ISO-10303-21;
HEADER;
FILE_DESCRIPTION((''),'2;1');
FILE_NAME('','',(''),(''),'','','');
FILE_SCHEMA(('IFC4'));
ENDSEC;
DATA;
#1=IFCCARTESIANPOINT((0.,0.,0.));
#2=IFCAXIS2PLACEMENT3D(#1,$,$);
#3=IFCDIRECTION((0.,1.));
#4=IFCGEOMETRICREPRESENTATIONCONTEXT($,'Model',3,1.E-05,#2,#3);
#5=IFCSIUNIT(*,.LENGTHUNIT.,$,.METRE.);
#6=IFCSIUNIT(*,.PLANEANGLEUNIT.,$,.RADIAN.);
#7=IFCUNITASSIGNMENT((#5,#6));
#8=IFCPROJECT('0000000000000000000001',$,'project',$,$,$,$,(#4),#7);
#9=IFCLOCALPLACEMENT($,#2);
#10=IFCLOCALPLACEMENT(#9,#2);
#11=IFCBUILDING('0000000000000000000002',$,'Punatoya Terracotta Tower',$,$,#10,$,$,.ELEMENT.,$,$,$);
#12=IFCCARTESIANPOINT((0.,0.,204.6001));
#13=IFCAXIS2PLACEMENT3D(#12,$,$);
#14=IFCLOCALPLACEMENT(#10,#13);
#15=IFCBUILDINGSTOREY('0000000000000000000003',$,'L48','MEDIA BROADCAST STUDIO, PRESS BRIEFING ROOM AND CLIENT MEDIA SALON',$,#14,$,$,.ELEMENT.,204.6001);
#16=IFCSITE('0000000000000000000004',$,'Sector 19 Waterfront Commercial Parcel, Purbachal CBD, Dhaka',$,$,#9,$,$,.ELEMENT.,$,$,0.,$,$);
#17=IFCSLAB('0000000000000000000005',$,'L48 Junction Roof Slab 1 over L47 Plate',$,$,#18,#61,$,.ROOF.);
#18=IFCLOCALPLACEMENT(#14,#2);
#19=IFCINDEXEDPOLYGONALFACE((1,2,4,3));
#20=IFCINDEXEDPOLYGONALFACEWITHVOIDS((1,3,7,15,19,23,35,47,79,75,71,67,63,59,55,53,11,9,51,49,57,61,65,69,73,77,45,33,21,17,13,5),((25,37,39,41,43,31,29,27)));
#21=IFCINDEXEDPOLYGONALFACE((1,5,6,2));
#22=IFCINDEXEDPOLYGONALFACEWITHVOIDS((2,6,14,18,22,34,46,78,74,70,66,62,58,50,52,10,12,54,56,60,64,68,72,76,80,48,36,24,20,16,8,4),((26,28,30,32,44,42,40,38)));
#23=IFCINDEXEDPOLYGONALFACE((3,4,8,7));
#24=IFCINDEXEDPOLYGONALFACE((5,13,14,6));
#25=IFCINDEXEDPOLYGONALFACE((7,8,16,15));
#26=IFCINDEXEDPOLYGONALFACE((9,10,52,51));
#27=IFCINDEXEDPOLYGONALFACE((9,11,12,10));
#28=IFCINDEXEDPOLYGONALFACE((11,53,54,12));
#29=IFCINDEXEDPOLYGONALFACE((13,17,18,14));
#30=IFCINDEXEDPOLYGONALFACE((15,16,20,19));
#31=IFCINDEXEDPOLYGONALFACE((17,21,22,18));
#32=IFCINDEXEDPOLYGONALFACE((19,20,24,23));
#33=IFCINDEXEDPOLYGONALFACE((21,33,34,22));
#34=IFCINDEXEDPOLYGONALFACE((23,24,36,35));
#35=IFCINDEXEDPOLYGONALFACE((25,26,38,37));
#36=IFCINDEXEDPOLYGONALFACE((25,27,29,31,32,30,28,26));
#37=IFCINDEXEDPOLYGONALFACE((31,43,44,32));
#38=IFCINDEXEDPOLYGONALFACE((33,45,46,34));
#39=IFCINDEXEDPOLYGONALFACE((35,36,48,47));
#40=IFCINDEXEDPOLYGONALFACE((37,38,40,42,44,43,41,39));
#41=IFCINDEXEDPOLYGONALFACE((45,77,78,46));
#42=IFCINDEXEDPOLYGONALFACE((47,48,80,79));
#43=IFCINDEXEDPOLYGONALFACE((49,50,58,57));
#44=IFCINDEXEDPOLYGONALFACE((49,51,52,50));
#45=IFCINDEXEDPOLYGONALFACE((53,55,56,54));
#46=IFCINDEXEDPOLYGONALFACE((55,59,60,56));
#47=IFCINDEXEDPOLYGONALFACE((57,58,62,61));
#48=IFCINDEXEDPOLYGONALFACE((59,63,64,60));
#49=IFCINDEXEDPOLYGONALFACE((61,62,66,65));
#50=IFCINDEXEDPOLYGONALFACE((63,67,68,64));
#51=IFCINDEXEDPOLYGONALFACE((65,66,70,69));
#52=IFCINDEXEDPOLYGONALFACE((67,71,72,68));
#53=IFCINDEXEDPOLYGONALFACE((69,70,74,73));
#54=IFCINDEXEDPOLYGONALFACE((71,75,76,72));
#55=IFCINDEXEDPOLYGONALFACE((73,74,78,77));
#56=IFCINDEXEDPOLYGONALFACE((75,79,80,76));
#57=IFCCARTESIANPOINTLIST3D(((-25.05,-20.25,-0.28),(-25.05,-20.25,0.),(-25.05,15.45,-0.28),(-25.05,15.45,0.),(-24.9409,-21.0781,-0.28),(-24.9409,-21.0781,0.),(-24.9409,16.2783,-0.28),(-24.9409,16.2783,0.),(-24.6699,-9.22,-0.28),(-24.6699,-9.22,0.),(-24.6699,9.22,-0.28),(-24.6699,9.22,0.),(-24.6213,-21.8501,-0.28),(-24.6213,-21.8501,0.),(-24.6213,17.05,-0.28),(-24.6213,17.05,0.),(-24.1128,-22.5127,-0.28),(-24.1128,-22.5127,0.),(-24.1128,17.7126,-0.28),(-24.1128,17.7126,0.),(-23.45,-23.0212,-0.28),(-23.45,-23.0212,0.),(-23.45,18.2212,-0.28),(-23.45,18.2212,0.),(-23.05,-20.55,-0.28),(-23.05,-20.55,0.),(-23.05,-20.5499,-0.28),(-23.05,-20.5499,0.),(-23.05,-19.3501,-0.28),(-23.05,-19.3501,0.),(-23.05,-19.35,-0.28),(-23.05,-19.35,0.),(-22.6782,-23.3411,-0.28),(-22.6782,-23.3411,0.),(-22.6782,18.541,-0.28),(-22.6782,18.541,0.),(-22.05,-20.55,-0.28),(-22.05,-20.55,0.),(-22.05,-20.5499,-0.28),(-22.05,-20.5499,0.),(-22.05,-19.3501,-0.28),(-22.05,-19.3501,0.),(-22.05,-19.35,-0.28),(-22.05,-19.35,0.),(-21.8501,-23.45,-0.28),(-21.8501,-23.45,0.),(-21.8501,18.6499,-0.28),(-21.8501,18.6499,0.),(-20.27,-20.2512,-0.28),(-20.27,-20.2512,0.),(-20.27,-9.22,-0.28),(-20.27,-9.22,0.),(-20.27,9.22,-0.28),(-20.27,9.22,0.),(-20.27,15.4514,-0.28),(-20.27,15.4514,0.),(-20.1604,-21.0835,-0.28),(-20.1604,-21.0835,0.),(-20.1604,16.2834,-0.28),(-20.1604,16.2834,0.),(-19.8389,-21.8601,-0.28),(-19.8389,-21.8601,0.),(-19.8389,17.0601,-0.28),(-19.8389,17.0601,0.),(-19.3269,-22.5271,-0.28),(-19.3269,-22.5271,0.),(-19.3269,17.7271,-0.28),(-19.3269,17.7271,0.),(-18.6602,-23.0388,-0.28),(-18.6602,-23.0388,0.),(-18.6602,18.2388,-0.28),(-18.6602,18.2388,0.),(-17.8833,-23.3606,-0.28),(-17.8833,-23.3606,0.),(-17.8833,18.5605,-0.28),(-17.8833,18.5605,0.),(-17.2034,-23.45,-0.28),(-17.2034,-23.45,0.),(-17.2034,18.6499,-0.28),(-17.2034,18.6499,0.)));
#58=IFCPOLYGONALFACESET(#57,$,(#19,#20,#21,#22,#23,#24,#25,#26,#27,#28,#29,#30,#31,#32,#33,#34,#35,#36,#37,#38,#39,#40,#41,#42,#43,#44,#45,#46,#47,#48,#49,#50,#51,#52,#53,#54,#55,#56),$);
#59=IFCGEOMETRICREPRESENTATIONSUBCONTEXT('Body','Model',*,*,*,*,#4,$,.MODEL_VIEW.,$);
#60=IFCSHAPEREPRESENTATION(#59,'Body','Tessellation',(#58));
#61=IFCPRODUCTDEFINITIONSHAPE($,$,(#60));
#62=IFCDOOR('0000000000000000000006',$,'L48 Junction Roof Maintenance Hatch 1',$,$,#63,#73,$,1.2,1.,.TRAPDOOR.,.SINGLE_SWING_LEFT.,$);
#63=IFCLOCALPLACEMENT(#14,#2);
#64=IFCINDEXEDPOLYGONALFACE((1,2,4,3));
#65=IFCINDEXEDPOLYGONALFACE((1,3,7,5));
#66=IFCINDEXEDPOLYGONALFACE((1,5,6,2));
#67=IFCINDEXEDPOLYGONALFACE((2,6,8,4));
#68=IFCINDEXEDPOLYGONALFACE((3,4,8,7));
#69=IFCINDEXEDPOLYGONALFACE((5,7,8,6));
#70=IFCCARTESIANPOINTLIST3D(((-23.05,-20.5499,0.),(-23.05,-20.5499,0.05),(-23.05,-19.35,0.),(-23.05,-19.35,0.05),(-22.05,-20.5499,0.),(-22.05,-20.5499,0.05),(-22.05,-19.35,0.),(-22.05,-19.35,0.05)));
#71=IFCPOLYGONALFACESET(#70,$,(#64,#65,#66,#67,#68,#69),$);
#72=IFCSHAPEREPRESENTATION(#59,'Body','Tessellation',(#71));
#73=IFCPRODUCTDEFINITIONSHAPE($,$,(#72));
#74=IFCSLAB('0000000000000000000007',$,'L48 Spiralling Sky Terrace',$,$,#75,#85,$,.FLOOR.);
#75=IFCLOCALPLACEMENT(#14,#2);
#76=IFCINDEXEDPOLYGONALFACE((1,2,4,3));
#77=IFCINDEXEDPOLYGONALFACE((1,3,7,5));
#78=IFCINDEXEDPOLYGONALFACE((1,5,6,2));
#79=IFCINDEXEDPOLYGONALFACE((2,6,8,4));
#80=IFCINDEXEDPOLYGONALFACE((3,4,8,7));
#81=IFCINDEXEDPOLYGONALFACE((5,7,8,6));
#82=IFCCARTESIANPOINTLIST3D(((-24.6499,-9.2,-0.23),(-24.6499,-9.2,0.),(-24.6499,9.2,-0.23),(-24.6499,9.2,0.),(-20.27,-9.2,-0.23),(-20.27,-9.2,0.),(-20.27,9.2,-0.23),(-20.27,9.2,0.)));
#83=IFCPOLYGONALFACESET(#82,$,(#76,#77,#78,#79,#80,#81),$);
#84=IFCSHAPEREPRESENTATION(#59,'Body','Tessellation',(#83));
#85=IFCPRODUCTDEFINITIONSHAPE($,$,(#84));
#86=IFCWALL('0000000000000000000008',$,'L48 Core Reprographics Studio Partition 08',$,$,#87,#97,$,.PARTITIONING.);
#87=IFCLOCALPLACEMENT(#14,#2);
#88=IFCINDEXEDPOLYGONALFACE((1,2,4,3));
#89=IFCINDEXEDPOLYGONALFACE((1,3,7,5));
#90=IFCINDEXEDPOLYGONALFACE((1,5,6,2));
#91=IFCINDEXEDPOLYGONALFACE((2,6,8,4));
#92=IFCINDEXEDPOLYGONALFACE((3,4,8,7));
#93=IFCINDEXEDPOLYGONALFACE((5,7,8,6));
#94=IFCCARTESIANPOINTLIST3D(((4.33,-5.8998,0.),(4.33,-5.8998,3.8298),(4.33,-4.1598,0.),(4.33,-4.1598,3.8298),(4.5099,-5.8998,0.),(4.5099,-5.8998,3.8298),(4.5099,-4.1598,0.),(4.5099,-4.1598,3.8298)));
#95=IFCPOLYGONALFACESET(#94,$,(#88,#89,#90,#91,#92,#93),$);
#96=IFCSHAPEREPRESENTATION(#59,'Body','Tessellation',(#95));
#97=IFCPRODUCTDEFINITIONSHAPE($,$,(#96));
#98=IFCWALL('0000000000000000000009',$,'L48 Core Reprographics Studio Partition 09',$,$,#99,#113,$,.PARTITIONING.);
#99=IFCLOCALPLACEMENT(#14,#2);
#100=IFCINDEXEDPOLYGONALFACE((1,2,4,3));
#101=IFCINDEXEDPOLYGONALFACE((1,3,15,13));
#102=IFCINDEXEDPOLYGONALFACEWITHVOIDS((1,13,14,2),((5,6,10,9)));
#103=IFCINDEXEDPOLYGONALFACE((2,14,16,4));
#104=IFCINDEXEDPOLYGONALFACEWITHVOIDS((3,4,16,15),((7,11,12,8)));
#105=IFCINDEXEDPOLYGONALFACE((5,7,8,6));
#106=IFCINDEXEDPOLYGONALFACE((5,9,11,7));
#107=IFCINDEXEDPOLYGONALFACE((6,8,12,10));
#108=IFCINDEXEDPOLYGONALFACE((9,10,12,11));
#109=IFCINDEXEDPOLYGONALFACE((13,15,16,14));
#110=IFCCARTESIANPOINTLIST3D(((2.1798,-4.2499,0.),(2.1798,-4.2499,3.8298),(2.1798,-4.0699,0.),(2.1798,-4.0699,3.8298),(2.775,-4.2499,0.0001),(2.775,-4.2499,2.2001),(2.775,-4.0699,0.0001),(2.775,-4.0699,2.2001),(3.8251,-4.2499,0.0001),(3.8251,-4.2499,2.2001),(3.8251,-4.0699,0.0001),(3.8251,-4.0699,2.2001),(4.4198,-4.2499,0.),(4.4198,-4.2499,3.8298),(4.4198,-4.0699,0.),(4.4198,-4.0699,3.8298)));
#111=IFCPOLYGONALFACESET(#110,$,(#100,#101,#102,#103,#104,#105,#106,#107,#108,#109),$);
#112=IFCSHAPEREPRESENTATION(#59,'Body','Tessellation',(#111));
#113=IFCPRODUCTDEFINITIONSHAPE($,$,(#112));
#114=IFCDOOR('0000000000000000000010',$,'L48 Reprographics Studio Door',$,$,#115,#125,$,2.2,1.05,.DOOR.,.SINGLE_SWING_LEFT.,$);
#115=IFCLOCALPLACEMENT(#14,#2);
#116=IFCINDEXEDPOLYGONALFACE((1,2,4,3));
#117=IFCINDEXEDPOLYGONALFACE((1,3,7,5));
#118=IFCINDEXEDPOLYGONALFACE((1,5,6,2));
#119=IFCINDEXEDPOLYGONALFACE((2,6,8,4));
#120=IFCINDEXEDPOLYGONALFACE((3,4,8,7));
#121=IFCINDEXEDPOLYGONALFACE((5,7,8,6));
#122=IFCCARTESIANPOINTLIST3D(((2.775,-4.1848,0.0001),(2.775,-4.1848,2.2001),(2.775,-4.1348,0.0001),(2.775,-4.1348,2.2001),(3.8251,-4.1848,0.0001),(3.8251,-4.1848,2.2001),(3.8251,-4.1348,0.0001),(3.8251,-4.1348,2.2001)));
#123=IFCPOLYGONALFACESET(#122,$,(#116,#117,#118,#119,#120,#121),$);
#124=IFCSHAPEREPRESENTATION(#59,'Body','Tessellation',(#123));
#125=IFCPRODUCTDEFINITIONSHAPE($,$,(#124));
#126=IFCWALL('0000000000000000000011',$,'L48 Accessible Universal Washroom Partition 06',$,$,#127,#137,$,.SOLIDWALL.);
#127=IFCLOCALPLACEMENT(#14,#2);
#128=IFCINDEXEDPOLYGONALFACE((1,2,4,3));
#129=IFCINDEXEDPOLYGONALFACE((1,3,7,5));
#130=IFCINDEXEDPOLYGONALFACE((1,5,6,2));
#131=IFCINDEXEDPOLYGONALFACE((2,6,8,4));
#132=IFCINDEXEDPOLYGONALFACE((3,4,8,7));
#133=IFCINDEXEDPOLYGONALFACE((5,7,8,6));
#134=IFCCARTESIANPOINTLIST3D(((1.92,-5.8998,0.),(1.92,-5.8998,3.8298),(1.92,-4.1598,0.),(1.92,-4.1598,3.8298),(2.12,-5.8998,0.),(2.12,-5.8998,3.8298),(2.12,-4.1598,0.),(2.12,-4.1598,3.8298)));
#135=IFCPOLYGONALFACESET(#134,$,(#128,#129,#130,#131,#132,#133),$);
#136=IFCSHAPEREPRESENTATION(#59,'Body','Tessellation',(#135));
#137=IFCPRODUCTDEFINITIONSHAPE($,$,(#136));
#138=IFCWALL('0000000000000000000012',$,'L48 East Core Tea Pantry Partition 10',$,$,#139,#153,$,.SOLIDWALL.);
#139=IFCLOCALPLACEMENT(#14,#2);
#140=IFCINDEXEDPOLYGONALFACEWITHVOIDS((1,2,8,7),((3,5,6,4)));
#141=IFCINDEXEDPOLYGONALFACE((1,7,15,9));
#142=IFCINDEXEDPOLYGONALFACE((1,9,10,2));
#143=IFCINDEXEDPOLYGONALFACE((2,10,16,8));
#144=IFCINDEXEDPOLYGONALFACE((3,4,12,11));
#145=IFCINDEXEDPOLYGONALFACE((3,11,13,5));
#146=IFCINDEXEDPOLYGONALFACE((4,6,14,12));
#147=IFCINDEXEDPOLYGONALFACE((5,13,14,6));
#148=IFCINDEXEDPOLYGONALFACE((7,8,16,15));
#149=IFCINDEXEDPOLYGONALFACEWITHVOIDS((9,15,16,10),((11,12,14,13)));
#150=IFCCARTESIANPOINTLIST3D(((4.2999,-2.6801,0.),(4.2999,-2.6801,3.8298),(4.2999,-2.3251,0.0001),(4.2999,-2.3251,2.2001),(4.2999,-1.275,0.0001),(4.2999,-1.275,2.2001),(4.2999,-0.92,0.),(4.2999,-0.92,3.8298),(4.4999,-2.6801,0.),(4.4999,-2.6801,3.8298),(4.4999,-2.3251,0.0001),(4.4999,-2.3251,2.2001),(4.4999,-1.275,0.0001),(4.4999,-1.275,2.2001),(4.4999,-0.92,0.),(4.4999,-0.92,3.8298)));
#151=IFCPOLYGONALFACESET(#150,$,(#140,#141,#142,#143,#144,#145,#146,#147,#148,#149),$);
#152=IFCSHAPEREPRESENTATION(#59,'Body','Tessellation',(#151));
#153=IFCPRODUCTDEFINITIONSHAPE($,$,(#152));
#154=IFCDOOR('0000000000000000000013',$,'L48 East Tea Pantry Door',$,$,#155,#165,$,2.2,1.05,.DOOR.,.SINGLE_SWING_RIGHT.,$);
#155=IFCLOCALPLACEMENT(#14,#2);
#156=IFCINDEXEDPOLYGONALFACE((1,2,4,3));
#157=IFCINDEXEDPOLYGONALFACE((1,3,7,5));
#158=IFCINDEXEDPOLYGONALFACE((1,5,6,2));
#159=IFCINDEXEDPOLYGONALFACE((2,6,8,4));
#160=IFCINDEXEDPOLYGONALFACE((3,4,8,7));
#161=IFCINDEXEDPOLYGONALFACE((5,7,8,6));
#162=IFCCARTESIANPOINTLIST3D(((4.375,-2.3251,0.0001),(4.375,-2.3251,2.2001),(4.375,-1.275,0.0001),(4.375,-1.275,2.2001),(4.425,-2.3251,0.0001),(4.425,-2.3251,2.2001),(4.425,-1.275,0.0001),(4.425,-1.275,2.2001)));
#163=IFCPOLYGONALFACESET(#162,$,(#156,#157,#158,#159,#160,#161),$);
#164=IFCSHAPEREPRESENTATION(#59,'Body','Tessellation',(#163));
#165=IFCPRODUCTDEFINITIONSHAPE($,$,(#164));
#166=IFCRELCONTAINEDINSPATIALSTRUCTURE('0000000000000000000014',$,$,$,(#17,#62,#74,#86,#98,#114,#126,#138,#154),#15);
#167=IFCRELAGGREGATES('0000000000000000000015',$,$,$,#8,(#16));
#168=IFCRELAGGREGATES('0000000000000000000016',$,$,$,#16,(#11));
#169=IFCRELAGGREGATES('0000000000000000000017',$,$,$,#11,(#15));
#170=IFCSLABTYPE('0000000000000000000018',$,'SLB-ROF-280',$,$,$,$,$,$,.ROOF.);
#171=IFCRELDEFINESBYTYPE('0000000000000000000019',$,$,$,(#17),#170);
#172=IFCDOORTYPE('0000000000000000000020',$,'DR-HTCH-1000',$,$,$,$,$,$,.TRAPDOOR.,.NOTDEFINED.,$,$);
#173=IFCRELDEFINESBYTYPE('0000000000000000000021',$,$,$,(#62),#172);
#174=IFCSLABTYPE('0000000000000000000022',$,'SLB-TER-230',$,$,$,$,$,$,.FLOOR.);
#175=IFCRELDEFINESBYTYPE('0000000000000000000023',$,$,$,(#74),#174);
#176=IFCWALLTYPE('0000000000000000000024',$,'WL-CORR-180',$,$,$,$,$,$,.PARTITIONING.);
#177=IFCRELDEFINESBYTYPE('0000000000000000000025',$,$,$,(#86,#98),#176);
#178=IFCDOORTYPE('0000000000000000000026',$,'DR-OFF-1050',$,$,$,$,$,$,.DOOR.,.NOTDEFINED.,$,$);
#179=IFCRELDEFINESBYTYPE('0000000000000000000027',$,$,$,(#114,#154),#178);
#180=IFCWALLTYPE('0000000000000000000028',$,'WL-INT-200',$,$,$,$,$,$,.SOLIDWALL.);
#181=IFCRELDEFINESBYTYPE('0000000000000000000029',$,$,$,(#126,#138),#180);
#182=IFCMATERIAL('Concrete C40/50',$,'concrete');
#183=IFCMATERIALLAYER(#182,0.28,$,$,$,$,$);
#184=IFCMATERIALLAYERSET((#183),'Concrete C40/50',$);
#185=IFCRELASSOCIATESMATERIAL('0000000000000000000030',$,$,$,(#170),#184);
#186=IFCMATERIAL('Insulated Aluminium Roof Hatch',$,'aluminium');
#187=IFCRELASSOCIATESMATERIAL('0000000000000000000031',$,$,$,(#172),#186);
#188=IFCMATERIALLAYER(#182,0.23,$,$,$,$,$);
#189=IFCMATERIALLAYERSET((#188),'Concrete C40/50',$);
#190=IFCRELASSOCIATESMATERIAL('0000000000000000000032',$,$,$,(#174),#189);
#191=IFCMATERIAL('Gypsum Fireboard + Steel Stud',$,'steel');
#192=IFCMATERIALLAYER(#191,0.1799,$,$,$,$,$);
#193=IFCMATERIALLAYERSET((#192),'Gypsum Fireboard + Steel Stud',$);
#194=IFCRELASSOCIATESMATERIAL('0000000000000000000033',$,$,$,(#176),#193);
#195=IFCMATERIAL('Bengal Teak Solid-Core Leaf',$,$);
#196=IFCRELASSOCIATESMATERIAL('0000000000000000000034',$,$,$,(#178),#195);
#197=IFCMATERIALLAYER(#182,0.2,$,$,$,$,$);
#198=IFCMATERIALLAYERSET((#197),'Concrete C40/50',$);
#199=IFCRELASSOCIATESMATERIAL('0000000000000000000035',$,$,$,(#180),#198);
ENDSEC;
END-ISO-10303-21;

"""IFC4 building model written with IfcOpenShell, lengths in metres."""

from ifc_helpers import new_model, si_unit, direction, frame, frame_2d, origin, origin_2d, place, context, subcontext, project, spatial, polyline, rectangle, outline, extrude, material, layer, layer_set, type_object, element, fill, save


model = new_model("IFC4")

# Units and contexts
model_context = context("Model", 3, precision=1e-05, world=origin(), true_north=direction((0.0, 1.0)))
body_context = subcontext(model_context, "Body", "Model", "MODEL_VIEW")
ifc_project = project(units=[si_unit("LENGTHUNIT", "METRE"), si_unit("PLANEANGLEUNIT", "RADIAN")], contexts=[model_context])

# Site, building, storey
site_placement = place(None, origin())
site = spatial("IfcSite", under=ifc_project, at=site_placement, Name="Sector 19 Waterfront Commercial Parcel, Purbachal CBD, Dhaka", CompositionType="ELEMENT", RefElevation=0.0)
building_placement = place(site_placement, origin())
building = spatial("IfcBuilding", under=site, at=building_placement, Name="Punatoya Terracotta Tower", CompositionType="ELEMENT")
storey_placement = place(building_placement, frame((0.0, 0.0, 204.6001)))
storey = spatial("IfcBuildingStorey", under=building, at=storey_placement, Name="L48", Description="MEDIA BROADCAST STUDIO, PRESS BRIEFING ROOM AND CLIENT MEDIA SALON", CompositionType="ELEMENT", Elevation=204.6001)

# Shared definitions
ifc_material_1 = material(Name="Concrete C40/50", Category="concrete")

# Slab, opening, door
ifc_layer_1 = layer(ifc_material_1, 0.28)
ifc_layer_set_1 = layer_set([ifc_layer_1], Name="Concrete C40/50")
slab_type_1 = type_object("IfcSlabType", Name="SLB-ROF-280", PredefinedType="ROOF", material=ifc_layer_set_1)
slab_1_placement = place(storey_placement, frame((0.0, 0.0, -0.28)))
slab_1 = element("IfcSlab", 1, at=slab_1_placement, inside=storey, type_object=slab_type_1, Name="L48 Junction Roof Slab 1 over L47 Plate", PredefinedType="ROOF", context=body_context, shape_type="SweptSolid", body=[
    extrude(outline(polyline([(-23.45, -23.0212), (-22.6782, -23.3411), (-21.8501, -23.45), (-17.2034, -23.45), (-17.8833, -23.3606), (-18.6602, -23.0388), (-19.3269, -22.5271), (-19.8389, -21.8601), (-20.1604, -21.0835), (-20.27, -20.2512), (-20.27, -9.22), (-24.6699, -9.22), (-24.6699, 9.22), (-20.27, 9.22), (-20.27, 15.4514), (-20.1604, 16.2834), (-19.8389, 17.0601), (-19.3269, 17.7271), (-18.6602, 18.2388), (-17.8833, 18.5605), (-17.2034, 18.6499), (-21.8501, 18.6499), (-22.6782, 18.541), (-23.45, 18.2212), (-24.1128, 17.7126), (-24.6213, 17.05), (-24.9409, 16.2783), (-25.05, 15.45), (-25.05, -20.25), (-24.9409, -21.0781), (-24.6213, -21.8501), (-24.1128, -22.5127), (-23.45, -23.0212)]), holes=[polyline([(-22.05, -19.3501), (-22.05, -20.55), (-23.05, -20.55), (-23.05, -19.3501), (-22.05, -19.3501)])]), origin(), (0.0, 0.0, 1.0), 0.28),
])
opening_1_placement = place(slab_1_placement, frame((-22.55, -19.95, 0.0)))
opening_1 = element("IfcOpeningElement", 2, at=opening_1_placement, cuts=slab_1, PredefinedType="OPENING", context=body_context, shape_type="SweptSolid", body=[
    extrude(rectangle(XDim=1.0, YDim=1.2, at=origin_2d()), frame((0.0, 0.0, -0.01)), (0.0, 0.0, 1.0), 0.3501),
])
ifc_material_2 = material(Name="Insulated Aluminium Roof Hatch", Category="aluminium")
door_type_1 = type_object("IfcDoorType", Name="DR-HTCH-1000", OperationType="NOTDEFINED", PredefinedType="TRAPDOOR", material=ifc_material_2)
door_1_placement = place(opening_1_placement, frame((0.0, 0.0, 0.28)))
door_1 = element("IfcDoor", 3, at=door_1_placement, inside=storey, type_object=door_type_1, Name="L48 Junction Roof Maintenance Hatch 1", OperationType="SINGLE_SWING_LEFT", OverallHeight=1.2, OverallWidth=1.0, PredefinedType="TRAPDOOR", context=body_context, shape_type="SweptSolid", body=[
    extrude(rectangle(XDim=1.0, YDim=1.2, at=origin_2d()), origin(), (0.0, 0.0, 1.0), 0.05),
])
fill(opening_1, door_1)

# Slab
ifc_layer_2 = layer(ifc_material_1, 0.23)
ifc_layer_set_2 = layer_set([ifc_layer_2], Name="Concrete C40/50")
slab_type_2 = type_object("IfcSlabType", Name="SLB-TER-230", PredefinedType="FLOOR", material=ifc_layer_set_2)
slab_2_placement = place(storey_placement, frame((0.0, 0.0, -0.23)))
element("IfcSlab", 4, at=slab_2_placement, inside=storey, type_object=slab_type_2, Name="L48 Spiralling Sky Terrace", PredefinedType="FLOOR", context=body_context, shape_type="SweptSolid", body=[
    extrude(outline(polyline([(-24.6499, -9.2), (-24.6499, 9.2), (-20.27, 9.2), (-20.27, -9.2), (-24.6499, -9.2)])), origin(), (0.0, 0.0, 1.0), 0.23),
])

# Wall
ifc_material_3 = material(Name="Gypsum Fireboard + Steel Stud", Category="steel")
ifc_layer_3 = layer(ifc_material_3, 0.1799)
ifc_layer_set_3 = layer_set([ifc_layer_3], Name="Gypsum Fireboard + Steel Stud")
wall_type_1 = type_object("IfcWallType", Name="WL-CORR-180", PredefinedType="PARTITIONING", material=ifc_layer_set_3)
wall_1_placement = place(storey_placement, frame((4.4199, -5.8999, 0.0), z_axis=(0.0, 0.0, 1.0), x_axis=(0.0, 1.0, 0.0)))
element("IfcWall", 5, at=wall_1_placement, inside=storey, type_object=wall_type_1, Name="L48 Core Reprographics Studio Partition 08", PredefinedType="PARTITIONING", context=body_context, shape_type="SweptSolid", body=[
    extrude(rectangle(XDim=1.74, YDim=0.1799, at=frame_2d((0.8701, 0.0))), origin(), (0.0, 0.0, 1.0), 3.8298),
])

# Wall, opening, door
wall_2_placement = place(storey_placement, frame((4.4199, -4.1599, 0.0), z_axis=(0.0, 0.0, 1.0), x_axis=(-1.0, 0.0, 0.0)))
wall_2 = element("IfcWall", 6, at=wall_2_placement, inside=storey, type_object=wall_type_1, Name="L48 Core Reprographics Studio Partition 09", PredefinedType="PARTITIONING", context=body_context, shape_type="SweptSolid", body=[
    extrude(rectangle(XDim=2.24, YDim=0.1799, at=frame_2d((1.1201, 0.0))), origin(), (0.0, 0.0, 1.0), 3.8298),
])
opening_2_placement = place(wall_2_placement, frame((0.595, 0.0, 0.0)))
opening_2 = element("IfcOpeningElement", 7, at=opening_2_placement, cuts=wall_2, PredefinedType="OPENING", context=body_context, shape_type="SweptSolid", body=[
    extrude(rectangle(XDim=1.05, YDim=2.2, at=frame_2d((0.5249, 1.1001))), frame((0.0, 0.0999, 0.0), z_axis=(0.0, -1.0, 0.0), x_axis=(1.0, 0.0, 0.0)), (0.0, 0.0, 1.0), 0.2),
])
ifc_material_4 = material(Name="Bengal Teak Solid-Core Leaf")
door_type_2 = type_object("IfcDoorType", Name="DR-OFF-1050", OperationType="NOTDEFINED", PredefinedType="DOOR", material=ifc_material_4)
door_2_placement = place(opening_2_placement, origin())
door_2 = element("IfcDoor", 8, at=door_2_placement, inside=storey, type_object=door_type_2, Name="L48 Reprographics Studio Door", OperationType="SINGLE_SWING_LEFT", OverallHeight=2.2, OverallWidth=1.05, PredefinedType="DOOR", context=body_context, shape_type="SweptSolid", body=[
    extrude(rectangle(XDim=1.05, YDim=2.2, at=frame_2d((0.5249, 1.1001))), frame((0.0, 0.0249, 0.0), z_axis=(0.0, -1.0, 0.0), x_axis=(1.0, 0.0, 0.0)), (0.0, 0.0, 1.0), 0.05),
])
fill(opening_2, door_2)

# Wall
ifc_layer_4 = layer(ifc_material_1, 0.2)
ifc_layer_set_4 = layer_set([ifc_layer_4], Name="Concrete C40/50")
wall_type_2 = type_object("IfcWallType", Name="WL-INT-200", PredefinedType="SOLIDWALL", material=ifc_layer_set_4)
wall_3_placement = place(storey_placement, frame((2.02, -5.8999, 0.0), z_axis=(0.0, 0.0, 1.0), x_axis=(0.0, 1.0, 0.0)))
element("IfcWall", 9, at=wall_3_placement, inside=storey, type_object=wall_type_2, Name="L48 Accessible Universal Washroom Partition 06", PredefinedType="SOLIDWALL", context=body_context, shape_type="SweptSolid", body=[
    extrude(rectangle(XDim=1.74, YDim=0.2, at=frame_2d((0.8701, 0.0))), origin(), (0.0, 0.0, 1.0), 3.8298),
])

# Wall, opening, door
wall_4_placement = place(storey_placement, frame((4.3999, -2.6799, 0.0), z_axis=(0.0, 0.0, 1.0), x_axis=(0.0, 1.0, 0.0)))
wall_4 = element("IfcWall", 10, at=wall_4_placement, inside=storey, type_object=wall_type_2, Name="L48 East Core Tea Pantry Partition 10", PredefinedType="SOLIDWALL", context=body_context, shape_type="SweptSolid", body=[
    extrude(rectangle(XDim=1.76, YDim=0.2, at=frame_2d((0.8799, 0.0))), origin(), (0.0, 0.0, 1.0), 3.8298),
])
opening_3_placement = place(wall_4_placement, frame((0.355, 0.0, 0.0)))
opening_3 = element("IfcOpeningElement", 11, at=opening_3_placement, cuts=wall_4, PredefinedType="OPENING", context=body_context, shape_type="SweptSolid", body=[
    extrude(rectangle(XDim=1.05, YDim=2.2, at=frame_2d((0.5249, 1.1001))), frame((0.0, 0.1099, 0.0), z_axis=(0.0, -1.0, 0.0), x_axis=(1.0, 0.0, 0.0)), (0.0, 0.0, 1.0), 0.22),
])
door_3_placement = place(opening_3_placement, origin())
door_3 = element("IfcDoor", 12, at=door_3_placement, inside=storey, type_object=door_type_2, Name="L48 East Tea Pantry Door", OperationType="SINGLE_SWING_RIGHT", OverallHeight=2.2, OverallWidth=1.05, PredefinedType="DOOR", context=body_context, shape_type="SweptSolid", body=[
    extrude(rectangle(XDim=1.05, YDim=2.2, at=frame_2d((0.5249, 1.1001))), frame((0.0, 0.0249, 0.0), z_axis=(0.0, -1.0, 0.0), x_axis=(1.0, 0.0, 0.0)), (0.0, 0.0, 1.0), 0.05),
])
fill(opening_3, door_3)

save(model, "model.ifc")
